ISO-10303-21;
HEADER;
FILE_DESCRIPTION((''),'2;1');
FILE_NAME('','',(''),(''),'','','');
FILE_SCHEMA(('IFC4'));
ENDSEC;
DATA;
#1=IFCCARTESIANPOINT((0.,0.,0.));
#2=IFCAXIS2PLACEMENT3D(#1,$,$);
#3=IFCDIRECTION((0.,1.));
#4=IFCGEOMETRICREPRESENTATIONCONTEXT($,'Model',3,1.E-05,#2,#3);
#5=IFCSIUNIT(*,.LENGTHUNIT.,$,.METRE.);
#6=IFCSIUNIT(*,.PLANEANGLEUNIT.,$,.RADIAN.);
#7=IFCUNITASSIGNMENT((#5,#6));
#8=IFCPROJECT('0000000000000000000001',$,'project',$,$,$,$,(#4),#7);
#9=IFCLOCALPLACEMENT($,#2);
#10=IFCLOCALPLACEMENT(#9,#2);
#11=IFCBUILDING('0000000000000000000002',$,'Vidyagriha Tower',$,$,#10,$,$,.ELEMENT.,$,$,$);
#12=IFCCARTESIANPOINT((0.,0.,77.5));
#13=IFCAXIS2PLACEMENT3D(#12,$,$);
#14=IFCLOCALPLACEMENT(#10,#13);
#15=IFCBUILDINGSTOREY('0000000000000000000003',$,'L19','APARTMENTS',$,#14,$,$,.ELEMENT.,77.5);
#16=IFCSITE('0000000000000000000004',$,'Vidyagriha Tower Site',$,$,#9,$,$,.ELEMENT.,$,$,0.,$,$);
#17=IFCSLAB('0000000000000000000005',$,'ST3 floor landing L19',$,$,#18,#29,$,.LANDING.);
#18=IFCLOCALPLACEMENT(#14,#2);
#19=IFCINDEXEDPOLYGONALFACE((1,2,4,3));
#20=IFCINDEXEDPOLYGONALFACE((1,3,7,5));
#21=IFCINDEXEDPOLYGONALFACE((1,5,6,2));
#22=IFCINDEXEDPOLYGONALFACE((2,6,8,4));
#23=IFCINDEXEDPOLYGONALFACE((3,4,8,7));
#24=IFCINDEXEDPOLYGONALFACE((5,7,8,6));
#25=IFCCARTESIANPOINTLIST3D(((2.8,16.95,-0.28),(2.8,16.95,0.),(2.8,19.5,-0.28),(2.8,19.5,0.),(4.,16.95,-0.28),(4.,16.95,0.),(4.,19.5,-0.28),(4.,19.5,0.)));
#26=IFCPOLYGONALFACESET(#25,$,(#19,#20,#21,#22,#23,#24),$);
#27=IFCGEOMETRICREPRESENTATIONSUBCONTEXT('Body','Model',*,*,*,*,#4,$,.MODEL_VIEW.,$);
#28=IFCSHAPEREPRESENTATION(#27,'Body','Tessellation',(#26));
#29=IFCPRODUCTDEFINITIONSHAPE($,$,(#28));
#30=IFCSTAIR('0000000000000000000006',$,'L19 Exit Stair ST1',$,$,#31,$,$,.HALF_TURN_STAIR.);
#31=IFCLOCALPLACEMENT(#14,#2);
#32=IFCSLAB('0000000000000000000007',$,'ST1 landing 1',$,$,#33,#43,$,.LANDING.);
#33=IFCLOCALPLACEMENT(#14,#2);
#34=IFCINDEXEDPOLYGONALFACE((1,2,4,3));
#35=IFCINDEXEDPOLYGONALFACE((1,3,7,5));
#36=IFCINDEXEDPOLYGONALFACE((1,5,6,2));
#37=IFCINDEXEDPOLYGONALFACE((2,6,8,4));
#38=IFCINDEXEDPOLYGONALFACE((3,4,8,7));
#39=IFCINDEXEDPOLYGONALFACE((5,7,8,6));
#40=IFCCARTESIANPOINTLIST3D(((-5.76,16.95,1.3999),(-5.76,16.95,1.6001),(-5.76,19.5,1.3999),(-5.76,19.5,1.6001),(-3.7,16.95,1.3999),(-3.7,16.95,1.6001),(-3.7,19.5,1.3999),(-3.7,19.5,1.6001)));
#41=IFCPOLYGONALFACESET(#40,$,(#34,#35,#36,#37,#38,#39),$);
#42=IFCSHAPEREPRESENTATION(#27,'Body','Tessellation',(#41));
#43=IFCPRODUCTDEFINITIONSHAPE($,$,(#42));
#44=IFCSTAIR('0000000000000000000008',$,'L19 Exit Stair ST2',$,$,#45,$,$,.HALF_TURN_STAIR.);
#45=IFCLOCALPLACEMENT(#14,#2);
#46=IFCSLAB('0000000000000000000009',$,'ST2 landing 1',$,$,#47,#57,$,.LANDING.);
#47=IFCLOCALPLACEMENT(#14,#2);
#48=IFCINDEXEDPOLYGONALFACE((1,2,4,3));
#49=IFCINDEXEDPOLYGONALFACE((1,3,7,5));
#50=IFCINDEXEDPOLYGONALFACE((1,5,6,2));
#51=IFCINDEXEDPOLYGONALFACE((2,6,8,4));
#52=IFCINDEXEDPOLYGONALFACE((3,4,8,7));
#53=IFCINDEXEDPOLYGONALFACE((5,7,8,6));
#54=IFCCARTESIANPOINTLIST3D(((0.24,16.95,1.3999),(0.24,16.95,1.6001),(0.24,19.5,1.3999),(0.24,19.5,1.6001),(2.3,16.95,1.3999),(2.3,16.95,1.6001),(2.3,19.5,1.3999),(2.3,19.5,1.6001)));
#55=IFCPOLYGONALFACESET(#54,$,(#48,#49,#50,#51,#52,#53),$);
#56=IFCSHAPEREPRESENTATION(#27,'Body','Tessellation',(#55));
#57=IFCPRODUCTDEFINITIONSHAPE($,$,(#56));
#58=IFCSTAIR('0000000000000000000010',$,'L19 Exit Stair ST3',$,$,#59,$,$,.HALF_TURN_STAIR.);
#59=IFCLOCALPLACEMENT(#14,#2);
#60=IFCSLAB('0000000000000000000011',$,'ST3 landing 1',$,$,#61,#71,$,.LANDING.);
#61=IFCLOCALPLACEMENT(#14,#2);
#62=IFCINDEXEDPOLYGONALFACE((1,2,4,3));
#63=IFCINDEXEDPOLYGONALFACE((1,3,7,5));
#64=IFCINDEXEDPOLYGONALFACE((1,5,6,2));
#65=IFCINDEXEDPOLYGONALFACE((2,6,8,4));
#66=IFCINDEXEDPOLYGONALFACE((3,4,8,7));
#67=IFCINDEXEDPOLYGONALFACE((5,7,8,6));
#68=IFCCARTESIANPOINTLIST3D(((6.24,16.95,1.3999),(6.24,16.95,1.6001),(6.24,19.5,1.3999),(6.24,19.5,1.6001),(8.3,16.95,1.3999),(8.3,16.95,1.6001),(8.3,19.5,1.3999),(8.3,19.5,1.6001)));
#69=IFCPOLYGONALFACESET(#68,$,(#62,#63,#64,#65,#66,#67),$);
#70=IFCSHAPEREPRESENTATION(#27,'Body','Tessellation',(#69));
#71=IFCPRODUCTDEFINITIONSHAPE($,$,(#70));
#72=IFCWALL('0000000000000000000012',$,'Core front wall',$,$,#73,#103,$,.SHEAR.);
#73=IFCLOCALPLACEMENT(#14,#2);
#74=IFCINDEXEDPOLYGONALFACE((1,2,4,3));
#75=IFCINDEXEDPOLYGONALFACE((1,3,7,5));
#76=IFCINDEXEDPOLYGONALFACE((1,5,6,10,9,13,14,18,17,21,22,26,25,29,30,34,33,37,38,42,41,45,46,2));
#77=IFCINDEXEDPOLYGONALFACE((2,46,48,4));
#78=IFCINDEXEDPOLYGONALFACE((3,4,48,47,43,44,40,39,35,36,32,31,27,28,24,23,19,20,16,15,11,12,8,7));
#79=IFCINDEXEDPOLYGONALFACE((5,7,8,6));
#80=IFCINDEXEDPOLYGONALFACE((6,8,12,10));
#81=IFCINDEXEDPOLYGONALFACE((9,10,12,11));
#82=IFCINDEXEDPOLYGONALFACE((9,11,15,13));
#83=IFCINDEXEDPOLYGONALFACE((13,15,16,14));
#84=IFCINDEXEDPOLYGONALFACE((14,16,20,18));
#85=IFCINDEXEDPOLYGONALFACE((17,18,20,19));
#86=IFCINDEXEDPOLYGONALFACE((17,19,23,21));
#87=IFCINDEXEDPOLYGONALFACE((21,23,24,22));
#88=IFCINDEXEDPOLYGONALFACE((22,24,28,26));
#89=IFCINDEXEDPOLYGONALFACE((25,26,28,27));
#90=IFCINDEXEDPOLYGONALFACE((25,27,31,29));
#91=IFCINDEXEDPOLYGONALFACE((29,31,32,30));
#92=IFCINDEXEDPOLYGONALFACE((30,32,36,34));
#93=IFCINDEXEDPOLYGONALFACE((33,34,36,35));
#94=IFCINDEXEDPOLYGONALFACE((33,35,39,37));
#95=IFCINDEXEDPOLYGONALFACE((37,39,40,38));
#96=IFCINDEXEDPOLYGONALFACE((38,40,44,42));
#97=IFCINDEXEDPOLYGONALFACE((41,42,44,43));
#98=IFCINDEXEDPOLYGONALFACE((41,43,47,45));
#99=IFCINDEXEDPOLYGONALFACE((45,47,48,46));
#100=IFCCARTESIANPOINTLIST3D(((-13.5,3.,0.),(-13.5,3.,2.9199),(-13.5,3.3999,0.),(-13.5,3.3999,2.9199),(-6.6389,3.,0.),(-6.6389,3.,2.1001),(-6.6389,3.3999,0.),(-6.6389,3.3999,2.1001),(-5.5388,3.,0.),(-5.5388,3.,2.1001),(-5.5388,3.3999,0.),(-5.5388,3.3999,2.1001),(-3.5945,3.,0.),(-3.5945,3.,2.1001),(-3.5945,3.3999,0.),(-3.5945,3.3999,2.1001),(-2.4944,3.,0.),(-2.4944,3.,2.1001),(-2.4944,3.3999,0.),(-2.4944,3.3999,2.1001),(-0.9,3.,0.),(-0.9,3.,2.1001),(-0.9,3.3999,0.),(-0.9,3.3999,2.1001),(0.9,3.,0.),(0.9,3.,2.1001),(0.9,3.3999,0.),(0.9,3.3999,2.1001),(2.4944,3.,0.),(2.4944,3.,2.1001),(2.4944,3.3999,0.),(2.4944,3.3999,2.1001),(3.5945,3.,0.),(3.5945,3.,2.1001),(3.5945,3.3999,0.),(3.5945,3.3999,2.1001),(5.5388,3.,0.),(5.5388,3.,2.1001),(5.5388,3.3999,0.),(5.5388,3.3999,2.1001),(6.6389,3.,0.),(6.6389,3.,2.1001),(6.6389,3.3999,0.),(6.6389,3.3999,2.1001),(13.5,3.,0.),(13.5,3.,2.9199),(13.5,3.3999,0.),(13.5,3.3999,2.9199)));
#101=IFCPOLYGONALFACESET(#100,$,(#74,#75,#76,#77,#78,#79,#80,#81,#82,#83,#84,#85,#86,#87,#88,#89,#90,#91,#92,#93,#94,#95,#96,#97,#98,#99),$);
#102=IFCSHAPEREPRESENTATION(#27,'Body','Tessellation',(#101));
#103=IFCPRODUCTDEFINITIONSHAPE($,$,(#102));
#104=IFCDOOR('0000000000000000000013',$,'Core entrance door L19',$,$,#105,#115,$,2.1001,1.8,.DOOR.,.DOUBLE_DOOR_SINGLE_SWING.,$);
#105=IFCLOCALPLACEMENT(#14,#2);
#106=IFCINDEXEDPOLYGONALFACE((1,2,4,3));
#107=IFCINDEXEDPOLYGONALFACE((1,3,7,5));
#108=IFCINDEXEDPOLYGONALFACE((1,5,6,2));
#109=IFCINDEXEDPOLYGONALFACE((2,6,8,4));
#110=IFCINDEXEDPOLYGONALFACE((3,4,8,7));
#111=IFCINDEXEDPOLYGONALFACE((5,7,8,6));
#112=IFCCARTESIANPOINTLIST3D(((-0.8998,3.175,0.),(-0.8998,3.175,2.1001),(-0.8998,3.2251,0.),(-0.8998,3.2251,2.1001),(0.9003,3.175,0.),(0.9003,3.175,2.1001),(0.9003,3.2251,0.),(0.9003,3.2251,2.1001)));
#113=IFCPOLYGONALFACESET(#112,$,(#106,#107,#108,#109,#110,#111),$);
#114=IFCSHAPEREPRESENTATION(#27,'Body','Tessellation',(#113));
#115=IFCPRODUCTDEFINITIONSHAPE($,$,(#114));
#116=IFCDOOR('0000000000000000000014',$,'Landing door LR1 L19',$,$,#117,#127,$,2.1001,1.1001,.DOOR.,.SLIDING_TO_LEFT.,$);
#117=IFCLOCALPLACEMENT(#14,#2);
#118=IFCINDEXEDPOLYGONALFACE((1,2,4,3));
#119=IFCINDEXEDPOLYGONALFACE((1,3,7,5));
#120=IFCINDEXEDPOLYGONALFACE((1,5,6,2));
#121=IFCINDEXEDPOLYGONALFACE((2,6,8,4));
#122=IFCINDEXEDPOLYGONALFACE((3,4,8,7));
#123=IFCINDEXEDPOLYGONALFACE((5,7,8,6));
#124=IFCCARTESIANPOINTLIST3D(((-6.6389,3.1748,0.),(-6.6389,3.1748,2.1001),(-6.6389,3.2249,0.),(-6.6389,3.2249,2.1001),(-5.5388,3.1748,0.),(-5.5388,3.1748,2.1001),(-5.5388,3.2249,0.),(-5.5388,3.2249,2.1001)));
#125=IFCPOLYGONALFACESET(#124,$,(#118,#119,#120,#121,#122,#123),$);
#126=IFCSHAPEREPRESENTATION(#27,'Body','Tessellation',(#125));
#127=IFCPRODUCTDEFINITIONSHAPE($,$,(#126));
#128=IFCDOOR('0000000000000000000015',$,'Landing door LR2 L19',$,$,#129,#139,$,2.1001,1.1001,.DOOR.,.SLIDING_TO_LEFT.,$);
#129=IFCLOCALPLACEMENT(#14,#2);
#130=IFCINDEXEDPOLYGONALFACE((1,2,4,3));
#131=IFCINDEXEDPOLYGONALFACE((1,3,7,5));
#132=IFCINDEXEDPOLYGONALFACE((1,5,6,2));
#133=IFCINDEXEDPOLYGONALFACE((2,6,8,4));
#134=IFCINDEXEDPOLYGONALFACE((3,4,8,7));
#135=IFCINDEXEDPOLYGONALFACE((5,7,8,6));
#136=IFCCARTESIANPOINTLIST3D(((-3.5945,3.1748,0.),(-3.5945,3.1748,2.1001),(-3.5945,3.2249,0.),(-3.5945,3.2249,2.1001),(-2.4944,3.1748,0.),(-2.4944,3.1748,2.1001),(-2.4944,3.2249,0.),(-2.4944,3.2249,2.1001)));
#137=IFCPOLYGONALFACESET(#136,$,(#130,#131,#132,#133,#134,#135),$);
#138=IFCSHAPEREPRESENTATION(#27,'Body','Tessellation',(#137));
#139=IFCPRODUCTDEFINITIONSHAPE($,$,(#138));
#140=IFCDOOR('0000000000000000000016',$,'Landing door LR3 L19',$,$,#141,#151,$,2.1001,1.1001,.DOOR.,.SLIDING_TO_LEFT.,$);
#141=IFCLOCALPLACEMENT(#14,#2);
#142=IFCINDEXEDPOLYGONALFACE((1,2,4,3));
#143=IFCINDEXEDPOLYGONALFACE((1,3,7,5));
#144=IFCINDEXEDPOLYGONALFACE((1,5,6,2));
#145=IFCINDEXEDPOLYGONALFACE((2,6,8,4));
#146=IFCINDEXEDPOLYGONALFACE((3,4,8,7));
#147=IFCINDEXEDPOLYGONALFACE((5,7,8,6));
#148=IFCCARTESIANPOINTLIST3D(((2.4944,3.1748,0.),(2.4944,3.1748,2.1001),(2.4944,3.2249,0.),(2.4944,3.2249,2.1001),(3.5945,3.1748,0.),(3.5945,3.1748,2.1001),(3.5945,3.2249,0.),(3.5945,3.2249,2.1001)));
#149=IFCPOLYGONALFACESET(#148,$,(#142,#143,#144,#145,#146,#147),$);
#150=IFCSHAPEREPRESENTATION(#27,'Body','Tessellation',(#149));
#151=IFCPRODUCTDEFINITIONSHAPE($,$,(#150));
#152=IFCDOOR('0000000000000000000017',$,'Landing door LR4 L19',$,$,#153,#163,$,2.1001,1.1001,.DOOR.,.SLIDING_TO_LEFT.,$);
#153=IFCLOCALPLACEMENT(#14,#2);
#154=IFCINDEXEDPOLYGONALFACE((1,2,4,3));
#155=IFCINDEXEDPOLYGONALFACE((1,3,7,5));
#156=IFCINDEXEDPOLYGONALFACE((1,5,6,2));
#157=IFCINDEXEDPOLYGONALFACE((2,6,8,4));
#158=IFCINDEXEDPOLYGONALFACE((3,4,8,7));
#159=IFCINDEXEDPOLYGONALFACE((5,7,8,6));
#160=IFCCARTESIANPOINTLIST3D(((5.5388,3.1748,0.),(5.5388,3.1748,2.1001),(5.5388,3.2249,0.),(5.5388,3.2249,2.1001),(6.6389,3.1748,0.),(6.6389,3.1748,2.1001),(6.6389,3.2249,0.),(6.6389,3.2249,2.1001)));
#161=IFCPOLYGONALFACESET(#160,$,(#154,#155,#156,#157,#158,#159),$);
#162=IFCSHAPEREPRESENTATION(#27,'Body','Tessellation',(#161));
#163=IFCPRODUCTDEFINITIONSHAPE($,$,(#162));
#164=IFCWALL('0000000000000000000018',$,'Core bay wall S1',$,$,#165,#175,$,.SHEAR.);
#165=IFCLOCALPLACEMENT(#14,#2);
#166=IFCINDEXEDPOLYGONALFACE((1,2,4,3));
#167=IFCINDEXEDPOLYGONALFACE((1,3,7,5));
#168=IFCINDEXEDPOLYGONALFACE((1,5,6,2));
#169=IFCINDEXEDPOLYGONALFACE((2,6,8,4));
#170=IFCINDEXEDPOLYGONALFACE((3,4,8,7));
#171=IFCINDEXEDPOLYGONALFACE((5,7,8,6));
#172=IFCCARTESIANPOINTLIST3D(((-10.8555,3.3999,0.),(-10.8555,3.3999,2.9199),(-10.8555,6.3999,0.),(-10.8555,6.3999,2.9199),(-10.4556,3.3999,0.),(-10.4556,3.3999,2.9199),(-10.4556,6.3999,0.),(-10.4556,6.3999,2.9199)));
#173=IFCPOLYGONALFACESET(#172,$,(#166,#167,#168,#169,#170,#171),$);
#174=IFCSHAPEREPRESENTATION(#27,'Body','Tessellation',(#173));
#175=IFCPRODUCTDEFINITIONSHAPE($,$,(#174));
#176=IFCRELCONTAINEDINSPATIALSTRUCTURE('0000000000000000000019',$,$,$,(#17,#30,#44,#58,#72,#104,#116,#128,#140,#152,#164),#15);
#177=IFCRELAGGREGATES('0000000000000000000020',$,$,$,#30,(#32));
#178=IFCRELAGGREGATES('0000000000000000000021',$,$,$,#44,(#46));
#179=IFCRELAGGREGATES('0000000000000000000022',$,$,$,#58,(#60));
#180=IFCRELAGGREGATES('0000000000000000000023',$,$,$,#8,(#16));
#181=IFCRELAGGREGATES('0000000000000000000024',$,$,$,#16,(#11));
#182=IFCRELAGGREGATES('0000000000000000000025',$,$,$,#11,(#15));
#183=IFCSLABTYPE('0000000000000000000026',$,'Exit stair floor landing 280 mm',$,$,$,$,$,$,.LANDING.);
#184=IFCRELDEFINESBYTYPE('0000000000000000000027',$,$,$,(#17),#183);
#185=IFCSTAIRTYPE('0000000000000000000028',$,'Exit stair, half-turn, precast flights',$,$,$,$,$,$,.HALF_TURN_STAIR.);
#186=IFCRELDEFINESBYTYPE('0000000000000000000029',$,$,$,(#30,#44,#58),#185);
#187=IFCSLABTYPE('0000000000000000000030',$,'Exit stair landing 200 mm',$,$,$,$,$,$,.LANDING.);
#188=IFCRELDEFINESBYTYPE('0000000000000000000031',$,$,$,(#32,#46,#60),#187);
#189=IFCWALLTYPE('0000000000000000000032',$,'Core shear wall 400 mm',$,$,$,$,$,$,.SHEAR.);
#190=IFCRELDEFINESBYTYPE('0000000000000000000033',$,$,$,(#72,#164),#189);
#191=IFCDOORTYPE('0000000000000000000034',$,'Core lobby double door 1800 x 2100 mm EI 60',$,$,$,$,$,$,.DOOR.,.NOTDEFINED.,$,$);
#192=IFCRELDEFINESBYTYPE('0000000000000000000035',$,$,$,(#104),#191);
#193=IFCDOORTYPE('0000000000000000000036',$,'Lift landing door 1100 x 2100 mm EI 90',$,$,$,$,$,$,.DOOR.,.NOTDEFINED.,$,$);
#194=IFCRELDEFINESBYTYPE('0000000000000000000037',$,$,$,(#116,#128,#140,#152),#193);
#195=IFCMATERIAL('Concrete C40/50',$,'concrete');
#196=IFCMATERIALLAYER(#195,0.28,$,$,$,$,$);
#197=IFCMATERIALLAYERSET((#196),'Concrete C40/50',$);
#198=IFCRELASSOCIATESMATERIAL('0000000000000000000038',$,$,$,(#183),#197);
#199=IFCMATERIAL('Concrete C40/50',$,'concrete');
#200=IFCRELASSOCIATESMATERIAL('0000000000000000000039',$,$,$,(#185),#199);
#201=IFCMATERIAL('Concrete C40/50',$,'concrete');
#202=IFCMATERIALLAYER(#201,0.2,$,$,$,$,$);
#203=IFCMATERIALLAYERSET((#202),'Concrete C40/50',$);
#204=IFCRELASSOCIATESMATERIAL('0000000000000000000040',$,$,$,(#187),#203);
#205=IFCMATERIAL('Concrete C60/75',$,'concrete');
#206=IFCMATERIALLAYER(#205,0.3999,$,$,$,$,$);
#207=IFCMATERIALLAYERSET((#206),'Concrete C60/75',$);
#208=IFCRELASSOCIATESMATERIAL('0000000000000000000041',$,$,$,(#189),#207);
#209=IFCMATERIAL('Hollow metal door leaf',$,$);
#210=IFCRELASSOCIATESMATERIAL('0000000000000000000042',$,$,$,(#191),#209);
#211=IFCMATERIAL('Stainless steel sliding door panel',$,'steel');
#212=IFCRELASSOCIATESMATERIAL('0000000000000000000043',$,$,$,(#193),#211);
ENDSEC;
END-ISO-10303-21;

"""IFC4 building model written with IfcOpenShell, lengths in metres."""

from ifc_helpers import new_model, si_unit, direction, frame, frame_2d, origin, place, context, subcontext, project, spatial, polyline, rectangle, outline, extrude, material, layer, layer_set, type_object, element, fill, aggregate, save


model = new_model("IFC4")

# Units and contexts
model_context = context("Model", 3, precision=1e-05, world=origin(), true_north=direction((0.0, 1.0)))
body_context = subcontext(model_context, "Body", "Model", "MODEL_VIEW")
ifc_project = project(units=[si_unit("LENGTHUNIT", "METRE"), si_unit("PLANEANGLEUNIT", "RADIAN")], contexts=[model_context])

# Site, building, storey
site_placement = place(None, origin())
site = spatial("IfcSite", under=ifc_project, at=site_placement, Name="Vidyagriha Tower Site", CompositionType="ELEMENT", RefElevation=0.0)
building_placement = place(site_placement, origin())
building = spatial("IfcBuilding", under=site, at=building_placement, Name="Vidyagriha Tower", CompositionType="ELEMENT")
storey_placement = place(building_placement, frame((0.0, 0.0, 77.5)))
storey = spatial("IfcBuildingStorey", under=building, at=storey_placement, Name="L19", Description="APARTMENTS", CompositionType="ELEMENT", Elevation=77.5)

# Slab
ifc_material_1 = material(Name="Concrete C40/50", Category="concrete")
ifc_layer_1 = layer(ifc_material_1, 0.28)
ifc_layer_set_1 = layer_set([ifc_layer_1], Name="Concrete C40/50")
slab_type_1 = type_object("IfcSlabType", Name="Exit stair floor landing 280 mm", PredefinedType="LANDING", material=ifc_layer_set_1)
slab_1_placement = place(storey_placement, frame((0.0, 0.0, -0.28)))
element("IfcSlab", 1, at=slab_1_placement, inside=storey, type_object=slab_type_1, Name="ST3 floor landing L19", PredefinedType="LANDING", context=body_context, shape_type="SweptSolid", body=[
    extrude(outline(polyline([(2.8, 16.95), (4.0, 16.95), (4.0, 19.5), (2.8, 19.5), (2.8, 16.95)])), origin(), (0.0, 0.0, 1.0), 0.28),
])

# Stairs, slabs
ifc_material_2 = material(Name="Concrete C40/50", Category="concrete")
stair_type = type_object("IfcStairType", Name="Exit stair, half-turn, precast flights", PredefinedType="HALF_TURN_STAIR", material=ifc_material_2)
stair_1_placement = place(storey_placement, origin())
stair_1 = element("IfcStair", 2, at=stair_1_placement, inside=storey, type_object=stair_type, Name="L19 Exit Stair ST1", PredefinedType="HALF_TURN_STAIR")
ifc_material_3 = material(Name="Concrete C40/50", Category="concrete")
ifc_layer_2 = layer(ifc_material_3, 0.2)
ifc_layer_set_2 = layer_set([ifc_layer_2], Name="Concrete C40/50")
slab_type_2 = type_object("IfcSlabType", Name="Exit stair landing 200 mm", PredefinedType="LANDING", material=ifc_layer_set_2)
slab_2_placement = place(storey_placement, frame((0.0, 0.0, 1.3999)))
slab_2 = element("IfcSlab", 3, at=slab_2_placement, type_object=slab_type_2, Name="ST1 landing 1", PredefinedType="LANDING", context=body_context, shape_type="SweptSolid", body=[
    extrude(outline(polyline([(-5.76, 16.95), (-3.7, 16.95), (-3.7, 19.5), (-5.76, 19.5), (-5.76, 16.95)])), origin(), (0.0, 0.0, 1.0), 0.2002),
])
aggregate(stair_1, [slab_2])
stair_2_placement = place(storey_placement, origin())
stair_2 = element("IfcStair", 4, at=stair_2_placement, inside=storey, type_object=stair_type, Name="L19 Exit Stair ST2", PredefinedType="HALF_TURN_STAIR")
slab_3_placement = place(storey_placement, frame((0.0, 0.0, 1.3999)))
slab_3 = element("IfcSlab", 5, at=slab_3_placement, type_object=slab_type_2, Name="ST2 landing 1", PredefinedType="LANDING", context=body_context, shape_type="SweptSolid", body=[
    extrude(outline(polyline([(0.24, 16.95), (2.3, 16.95), (2.3, 19.5), (0.24, 19.5), (0.24, 16.95)])), origin(), (0.0, 0.0, 1.0), 0.2002),
])
aggregate(stair_2, [slab_3])
stair_3_placement = place(storey_placement, origin())
stair_3 = element("IfcStair", 6, at=stair_3_placement, inside=storey, type_object=stair_type, Name="L19 Exit Stair ST3", PredefinedType="HALF_TURN_STAIR")
slab_4_placement = place(storey_placement, frame((0.0, 0.0, 1.3999)))
slab_4 = element("IfcSlab", 7, at=slab_4_placement, type_object=slab_type_2, Name="ST3 landing 1", PredefinedType="LANDING", context=body_context, shape_type="SweptSolid", body=[
    extrude(outline(polyline([(6.24, 16.95), (8.3, 16.95), (8.3, 19.5), (6.24, 19.5), (6.24, 16.95)])), origin(), (0.0, 0.0, 1.0), 0.2002),
])
aggregate(stair_3, [slab_4])

# Wall, openings, doors
ifc_material_4 = material(Name="Concrete C60/75", Category="concrete")
ifc_layer_3 = layer(ifc_material_4, 0.3999)
ifc_layer_set_3 = layer_set([ifc_layer_3], Name="Concrete C60/75")
wall_type_1 = type_object("IfcWallType", Name="Core shear wall 400 mm", PredefinedType="SHEAR", material=ifc_layer_set_3)
wall_1_placement = place(storey_placement, frame((-13.5, 3.2, 0.0)))
wall_1 = element("IfcWall", 8, at=wall_1_placement, inside=storey, type_object=wall_type_1, Name="Core front wall", PredefinedType="SHEAR", context=body_context, shape_type="SweptSolid", body=[
    extrude(rectangle(XDim=27.0, YDim=0.3999, at=frame_2d((13.5, 0.0))), origin(), (0.0, 0.0, 1.0), 2.9199),
])
opening_1_placement = place(wall_1_placement, frame((6.8611, 0.0, 0.0)))
opening_1 = element("IfcOpeningElement", 9, at=opening_1_placement, cuts=wall_1, PredefinedType="OPENING", context=body_context, shape_type="SweptSolid", body=[
    extrude(rectangle(XDim=1.1001, YDim=2.1001, at=frame_2d((0.55, 1.05))), frame((0.0, 0.21, 0.0), z_axis=(0.0, -1.0, 0.0), x_axis=(1.0, 0.0, 0.0)), (0.0, 0.0, 1.0), 0.4199),
])
opening_2_placement = place(wall_1_placement, frame((9.9055, 0.0, 0.0)))
opening_2 = element("IfcOpeningElement", 10, at=opening_2_placement, cuts=wall_1, PredefinedType="OPENING", context=body_context, shape_type="SweptSolid", body=[
    extrude(rectangle(XDim=1.1001, YDim=2.1001, at=frame_2d((0.55, 1.05))), frame((0.0, 0.21, 0.0), z_axis=(0.0, -1.0, 0.0), x_axis=(1.0, 0.0, 0.0)), (0.0, 0.0, 1.0), 0.4199),
])
opening_3_placement = place(wall_1_placement, frame((15.9944, 0.0, 0.0)))
opening_3 = element("IfcOpeningElement", 11, at=opening_3_placement, cuts=wall_1, PredefinedType="OPENING", context=body_context, shape_type="SweptSolid", body=[
    extrude(rectangle(XDim=1.1001, YDim=2.1001, at=frame_2d((0.55, 1.05))), frame((0.0, 0.21, 0.0), z_axis=(0.0, -1.0, 0.0), x_axis=(1.0, 0.0, 0.0)), (0.0, 0.0, 1.0), 0.4199),
])
opening_4_placement = place(wall_1_placement, frame((19.0388, 0.0, 0.0)))
opening_4 = element("IfcOpeningElement", 12, at=opening_4_placement, cuts=wall_1, PredefinedType="OPENING", context=body_context, shape_type="SweptSolid", body=[
    extrude(rectangle(XDim=1.1001, YDim=2.1001, at=frame_2d((0.55, 1.05))), frame((0.0, 0.21, 0.0), z_axis=(0.0, -1.0, 0.0), x_axis=(1.0, 0.0, 0.0)), (0.0, 0.0, 1.0), 0.4199),
])
opening_5_placement = place(wall_1_placement, frame((12.6001, 0.0, 0.0)))
opening_5 = element("IfcOpeningElement", 13, at=opening_5_placement, cuts=wall_1, PredefinedType="OPENING", context=body_context, shape_type="SweptSolid", body=[
    extrude(rectangle(XDim=1.8, YDim=2.1001, at=frame_2d((0.8999, 1.05))), frame((0.0, 0.21, 0.0), z_axis=(0.0, -1.0, 0.0), x_axis=(1.0, 0.0, 0.0)), (0.0, 0.0, 1.0), 0.4199),
])
ifc_material_5 = material(Name="Hollow metal door leaf")
door_type_1 = type_object("IfcDoorType", Name="Core lobby double door 1800 x 2100 mm EI 60", OperationType="NOTDEFINED", PredefinedType="DOOR", material=ifc_material_5)
door_1_placement = place(opening_5_placement, frame((1.8, 0.0, 0.0), z_axis=(0.0, 0.0, 1.0), x_axis=(-1.0, 0.0, 0.0)))
door_1 = element("IfcDoor", 14, at=door_1_placement, inside=storey, type_object=door_type_1, Name="Core entrance door L19", OperationType="DOUBLE_DOOR_SINGLE_SWING", OverallHeight=2.1001, OverallWidth=1.8, PredefinedType="DOOR", context=body_context, shape_type="SweptSolid", body=[
    extrude(rectangle(XDim=1.8, YDim=2.1001, at=frame_2d((0.8999, 1.05))), frame((0.0, 0.0249, 0.0), z_axis=(0.0, -1.0, 0.0), x_axis=(1.0, 0.0, 0.0)), (0.0, 0.0, 1.0), 0.05),
])
fill(opening_5, door_1)
ifc_material_6 = material(Name="Stainless steel sliding door panel", Category="steel")
door_type_2 = type_object("IfcDoorType", Name="Lift landing door 1100 x 2100 mm EI 90", OperationType="NOTDEFINED", PredefinedType="DOOR", material=ifc_material_6)
door_2_placement = place(opening_1_placement, origin())
door_2 = element("IfcDoor", 15, at=door_2_placement, inside=storey, type_object=door_type_2, Name="Landing door LR1 L19", OperationType="SLIDING_TO_LEFT", OverallHeight=2.1001, OverallWidth=1.1001, PredefinedType="DOOR", context=body_context, shape_type="SweptSolid", body=[
    extrude(rectangle(XDim=1.1001, YDim=2.1001, at=frame_2d((0.55, 1.05))), frame((0.0, 0.0249, 0.0), z_axis=(0.0, -1.0, 0.0), x_axis=(1.0, 0.0, 0.0)), (0.0, 0.0, 1.0), 0.05),
])
fill(opening_1, door_2)
door_3_placement = place(opening_2_placement, origin())
door_3 = element("IfcDoor", 16, at=door_3_placement, inside=storey, type_object=door_type_2, Name="Landing door LR2 L19", OperationType="SLIDING_TO_LEFT", OverallHeight=2.1001, OverallWidth=1.1001, PredefinedType="DOOR", context=body_context, shape_type="SweptSolid", body=[
    extrude(rectangle(XDim=1.1001, YDim=2.1001, at=frame_2d((0.55, 1.05))), frame((0.0, 0.0249, 0.0), z_axis=(0.0, -1.0, 0.0), x_axis=(1.0, 0.0, 0.0)), (0.0, 0.0, 1.0), 0.05),
])
fill(opening_2, door_3)
door_4_placement = place(opening_3_placement, origin())
door_4 = element("IfcDoor", 17, at=door_4_placement, inside=storey, type_object=door_type_2, Name="Landing door LR3 L19", OperationType="SLIDING_TO_LEFT", OverallHeight=2.1001, OverallWidth=1.1001, PredefinedType="DOOR", context=body_context, shape_type="SweptSolid", body=[
    extrude(rectangle(XDim=1.1001, YDim=2.1001, at=frame_2d((0.55, 1.05))), frame((0.0, 0.0249, 0.0), z_axis=(0.0, -1.0, 0.0), x_axis=(1.0, 0.0, 0.0)), (0.0, 0.0, 1.0), 0.05),
])
fill(opening_3, door_4)
door_5_placement = place(opening_4_placement, origin())
door_5 = element("IfcDoor", 18, at=door_5_placement, inside=storey, type_object=door_type_2, Name="Landing door LR4 L19", OperationType="SLIDING_TO_LEFT", OverallHeight=2.1001, OverallWidth=1.1001, PredefinedType="DOOR", context=body_context, shape_type="SweptSolid", body=[
    extrude(rectangle(XDim=1.1001, YDim=2.1001, at=frame_2d((0.55, 1.05))), frame((0.0, 0.0249, 0.0), z_axis=(0.0, -1.0, 0.0), x_axis=(1.0, 0.0, 0.0)), (0.0, 0.0, 1.0), 0.05),
])
fill(opening_4, door_5)

# Wall
for number, where, z_axis, x_axis, name in (
    (19, (-10.6555, 3.3999, 0.0), (0.0, 0.0, 1.0), (0.0, 1.0, 0.0), "Core bay wall S1"),
):
    element("IfcWall", number, at=place(storey_placement, frame(where, z_axis=z_axis, x_axis=x_axis)), inside=storey, type_object=wall_type_1, Name=name, PredefinedType="SHEAR", context=body_context, shape_type="SweptSolid", body=[
        extrude(rectangle(XDim=3.0, YDim=0.3999, at=frame_2d((1.5, 0.0))), origin(), (0.0, 0.0, 1.0), 2.9199),
    ])

save(model, "model.ifc")
